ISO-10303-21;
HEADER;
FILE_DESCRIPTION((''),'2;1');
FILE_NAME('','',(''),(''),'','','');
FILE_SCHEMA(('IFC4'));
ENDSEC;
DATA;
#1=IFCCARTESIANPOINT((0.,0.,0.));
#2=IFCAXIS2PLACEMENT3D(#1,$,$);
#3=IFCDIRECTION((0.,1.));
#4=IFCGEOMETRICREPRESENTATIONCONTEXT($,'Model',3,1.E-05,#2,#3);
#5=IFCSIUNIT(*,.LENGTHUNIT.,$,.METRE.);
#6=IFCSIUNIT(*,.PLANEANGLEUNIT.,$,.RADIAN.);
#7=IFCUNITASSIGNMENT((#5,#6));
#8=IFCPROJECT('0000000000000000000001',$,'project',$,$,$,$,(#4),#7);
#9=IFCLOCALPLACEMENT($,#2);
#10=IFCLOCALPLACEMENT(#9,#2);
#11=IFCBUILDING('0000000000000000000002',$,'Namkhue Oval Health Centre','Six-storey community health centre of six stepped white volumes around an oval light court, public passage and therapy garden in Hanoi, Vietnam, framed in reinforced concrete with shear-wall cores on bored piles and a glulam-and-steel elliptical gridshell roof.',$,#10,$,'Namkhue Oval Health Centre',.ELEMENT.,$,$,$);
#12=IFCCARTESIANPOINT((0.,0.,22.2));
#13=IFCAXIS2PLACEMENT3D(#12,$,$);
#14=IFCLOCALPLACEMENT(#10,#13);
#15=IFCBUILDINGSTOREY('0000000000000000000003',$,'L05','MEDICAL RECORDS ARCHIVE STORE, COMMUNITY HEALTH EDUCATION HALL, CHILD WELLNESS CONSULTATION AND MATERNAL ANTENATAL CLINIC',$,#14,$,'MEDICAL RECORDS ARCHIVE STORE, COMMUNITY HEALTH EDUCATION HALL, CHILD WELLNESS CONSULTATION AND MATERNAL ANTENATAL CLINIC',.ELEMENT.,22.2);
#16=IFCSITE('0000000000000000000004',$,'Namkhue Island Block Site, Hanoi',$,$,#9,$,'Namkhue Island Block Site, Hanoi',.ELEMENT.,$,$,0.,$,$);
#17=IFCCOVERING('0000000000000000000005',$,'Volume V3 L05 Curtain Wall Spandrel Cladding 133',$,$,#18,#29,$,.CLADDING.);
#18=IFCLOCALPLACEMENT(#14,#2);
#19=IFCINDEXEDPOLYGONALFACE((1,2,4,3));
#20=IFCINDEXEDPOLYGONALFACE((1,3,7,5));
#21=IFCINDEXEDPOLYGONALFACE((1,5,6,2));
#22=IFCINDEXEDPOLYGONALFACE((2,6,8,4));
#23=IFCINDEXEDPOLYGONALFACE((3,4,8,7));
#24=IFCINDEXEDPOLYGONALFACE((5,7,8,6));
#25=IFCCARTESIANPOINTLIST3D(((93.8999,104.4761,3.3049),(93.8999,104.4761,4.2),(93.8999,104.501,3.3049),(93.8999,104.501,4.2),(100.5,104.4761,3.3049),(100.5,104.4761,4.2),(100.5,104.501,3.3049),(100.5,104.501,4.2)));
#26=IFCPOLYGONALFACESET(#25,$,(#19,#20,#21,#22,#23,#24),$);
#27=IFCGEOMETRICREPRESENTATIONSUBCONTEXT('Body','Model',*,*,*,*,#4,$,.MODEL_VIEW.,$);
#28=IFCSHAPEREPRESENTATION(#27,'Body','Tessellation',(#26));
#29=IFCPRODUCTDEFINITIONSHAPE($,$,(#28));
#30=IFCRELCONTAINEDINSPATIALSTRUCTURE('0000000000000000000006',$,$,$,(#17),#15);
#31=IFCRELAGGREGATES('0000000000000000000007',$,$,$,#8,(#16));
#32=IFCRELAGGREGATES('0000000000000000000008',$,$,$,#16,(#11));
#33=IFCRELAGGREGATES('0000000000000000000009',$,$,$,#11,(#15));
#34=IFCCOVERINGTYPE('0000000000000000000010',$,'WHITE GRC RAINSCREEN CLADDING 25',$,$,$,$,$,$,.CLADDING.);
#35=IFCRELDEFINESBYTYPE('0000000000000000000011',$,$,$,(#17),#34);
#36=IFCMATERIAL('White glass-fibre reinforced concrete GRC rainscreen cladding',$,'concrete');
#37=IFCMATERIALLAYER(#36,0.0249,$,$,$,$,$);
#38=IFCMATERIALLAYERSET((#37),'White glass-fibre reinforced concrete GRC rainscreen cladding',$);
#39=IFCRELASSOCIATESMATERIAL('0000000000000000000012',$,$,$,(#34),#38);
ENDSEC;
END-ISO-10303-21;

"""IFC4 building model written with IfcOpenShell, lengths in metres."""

from ifc_helpers import new_model, si_unit, direction, frame, origin, origin_2d, place, context, subcontext, project, spatial, rectangle, extrude, material, layer, layer_set, type_object, element, save


model = new_model("IFC4")

# Units and contexts
model_context = context("Model", 3, precision=1e-05, world=origin(), true_north=direction((0.0, 1.0)))
body_context = subcontext(model_context, "Body", "Model", "MODEL_VIEW")
ifc_project = project(units=[si_unit("LENGTHUNIT", "METRE"), si_unit("PLANEANGLEUNIT", "RADIAN")], contexts=[model_context])

# Site, building, storey
site_placement = place(None, origin())
site = spatial("IfcSite", under=ifc_project, at=site_placement, Name="Namkhue Island Block Site, Hanoi", LongName="Namkhue Island Block Site, Hanoi", CompositionType="ELEMENT", RefElevation=0.0)
building_placement = place(site_placement, origin())
building = spatial("IfcBuilding", under=site, at=building_placement, Name="Namkhue Oval Health Centre", Description="Six-storey community health centre of six stepped white volumes around an oval light court, public passage and therapy garden in Hanoi, Vietnam, framed in reinforced concrete with shear-wall cores on bored piles and a glulam-and-steel elliptical gridshell roof.", LongName="Namkhue Oval Health Centre", CompositionType="ELEMENT")
storey_placement = place(building_placement, frame((0.0, 0.0, 22.2)))
storey = spatial("IfcBuildingStorey", under=building, at=storey_placement, Name="L05", Description="MEDICAL RECORDS ARCHIVE STORE, COMMUNITY HEALTH EDUCATION HALL, CHILD WELLNESS CONSULTATION AND MATERNAL ANTENATAL CLINIC", LongName="MEDICAL RECORDS ARCHIVE STORE, COMMUNITY HEALTH EDUCATION HALL, CHILD WELLNESS CONSULTATION AND MATERNAL ANTENATAL CLINIC", CompositionType="ELEMENT", Elevation=22.2)

# Covering
ifc_material_1 = material(Name="White glass-fibre reinforced concrete GRC rainscreen cladding", Category="concrete")
ifc_layer_1 = layer(ifc_material_1, 0.0249)
ifc_layer_set_1 = layer_set([ifc_layer_1], Name="White glass-fibre reinforced concrete GRC rainscreen cladding")
covering_type = type_object("IfcCoveringType", Name="WHITE GRC RAINSCREEN CLADDING 25", PredefinedType="CLADDING", material=ifc_layer_set_1)
covering_placement = place(storey_placement, frame((97.2, 104.4885, 3.3049), z_axis=(0.0, 0.0, 1.0), x_axis=(-1.0, 0.0, 0.0)))
element("IfcCovering", 1, at=covering_placement, inside=storey, type_object=covering_type, Name="Volume V3 L05 Curtain Wall Spandrel Cladding 133", PredefinedType="CLADDING", context=body_context, shape_type="SweptSolid", body=[
    extrude(rectangle(XDim=6.6001, YDim=0.0249, at=origin_2d()), origin(), (0.0, 0.0, 1.0), 0.895),
])

save(model, "model.ifc")
